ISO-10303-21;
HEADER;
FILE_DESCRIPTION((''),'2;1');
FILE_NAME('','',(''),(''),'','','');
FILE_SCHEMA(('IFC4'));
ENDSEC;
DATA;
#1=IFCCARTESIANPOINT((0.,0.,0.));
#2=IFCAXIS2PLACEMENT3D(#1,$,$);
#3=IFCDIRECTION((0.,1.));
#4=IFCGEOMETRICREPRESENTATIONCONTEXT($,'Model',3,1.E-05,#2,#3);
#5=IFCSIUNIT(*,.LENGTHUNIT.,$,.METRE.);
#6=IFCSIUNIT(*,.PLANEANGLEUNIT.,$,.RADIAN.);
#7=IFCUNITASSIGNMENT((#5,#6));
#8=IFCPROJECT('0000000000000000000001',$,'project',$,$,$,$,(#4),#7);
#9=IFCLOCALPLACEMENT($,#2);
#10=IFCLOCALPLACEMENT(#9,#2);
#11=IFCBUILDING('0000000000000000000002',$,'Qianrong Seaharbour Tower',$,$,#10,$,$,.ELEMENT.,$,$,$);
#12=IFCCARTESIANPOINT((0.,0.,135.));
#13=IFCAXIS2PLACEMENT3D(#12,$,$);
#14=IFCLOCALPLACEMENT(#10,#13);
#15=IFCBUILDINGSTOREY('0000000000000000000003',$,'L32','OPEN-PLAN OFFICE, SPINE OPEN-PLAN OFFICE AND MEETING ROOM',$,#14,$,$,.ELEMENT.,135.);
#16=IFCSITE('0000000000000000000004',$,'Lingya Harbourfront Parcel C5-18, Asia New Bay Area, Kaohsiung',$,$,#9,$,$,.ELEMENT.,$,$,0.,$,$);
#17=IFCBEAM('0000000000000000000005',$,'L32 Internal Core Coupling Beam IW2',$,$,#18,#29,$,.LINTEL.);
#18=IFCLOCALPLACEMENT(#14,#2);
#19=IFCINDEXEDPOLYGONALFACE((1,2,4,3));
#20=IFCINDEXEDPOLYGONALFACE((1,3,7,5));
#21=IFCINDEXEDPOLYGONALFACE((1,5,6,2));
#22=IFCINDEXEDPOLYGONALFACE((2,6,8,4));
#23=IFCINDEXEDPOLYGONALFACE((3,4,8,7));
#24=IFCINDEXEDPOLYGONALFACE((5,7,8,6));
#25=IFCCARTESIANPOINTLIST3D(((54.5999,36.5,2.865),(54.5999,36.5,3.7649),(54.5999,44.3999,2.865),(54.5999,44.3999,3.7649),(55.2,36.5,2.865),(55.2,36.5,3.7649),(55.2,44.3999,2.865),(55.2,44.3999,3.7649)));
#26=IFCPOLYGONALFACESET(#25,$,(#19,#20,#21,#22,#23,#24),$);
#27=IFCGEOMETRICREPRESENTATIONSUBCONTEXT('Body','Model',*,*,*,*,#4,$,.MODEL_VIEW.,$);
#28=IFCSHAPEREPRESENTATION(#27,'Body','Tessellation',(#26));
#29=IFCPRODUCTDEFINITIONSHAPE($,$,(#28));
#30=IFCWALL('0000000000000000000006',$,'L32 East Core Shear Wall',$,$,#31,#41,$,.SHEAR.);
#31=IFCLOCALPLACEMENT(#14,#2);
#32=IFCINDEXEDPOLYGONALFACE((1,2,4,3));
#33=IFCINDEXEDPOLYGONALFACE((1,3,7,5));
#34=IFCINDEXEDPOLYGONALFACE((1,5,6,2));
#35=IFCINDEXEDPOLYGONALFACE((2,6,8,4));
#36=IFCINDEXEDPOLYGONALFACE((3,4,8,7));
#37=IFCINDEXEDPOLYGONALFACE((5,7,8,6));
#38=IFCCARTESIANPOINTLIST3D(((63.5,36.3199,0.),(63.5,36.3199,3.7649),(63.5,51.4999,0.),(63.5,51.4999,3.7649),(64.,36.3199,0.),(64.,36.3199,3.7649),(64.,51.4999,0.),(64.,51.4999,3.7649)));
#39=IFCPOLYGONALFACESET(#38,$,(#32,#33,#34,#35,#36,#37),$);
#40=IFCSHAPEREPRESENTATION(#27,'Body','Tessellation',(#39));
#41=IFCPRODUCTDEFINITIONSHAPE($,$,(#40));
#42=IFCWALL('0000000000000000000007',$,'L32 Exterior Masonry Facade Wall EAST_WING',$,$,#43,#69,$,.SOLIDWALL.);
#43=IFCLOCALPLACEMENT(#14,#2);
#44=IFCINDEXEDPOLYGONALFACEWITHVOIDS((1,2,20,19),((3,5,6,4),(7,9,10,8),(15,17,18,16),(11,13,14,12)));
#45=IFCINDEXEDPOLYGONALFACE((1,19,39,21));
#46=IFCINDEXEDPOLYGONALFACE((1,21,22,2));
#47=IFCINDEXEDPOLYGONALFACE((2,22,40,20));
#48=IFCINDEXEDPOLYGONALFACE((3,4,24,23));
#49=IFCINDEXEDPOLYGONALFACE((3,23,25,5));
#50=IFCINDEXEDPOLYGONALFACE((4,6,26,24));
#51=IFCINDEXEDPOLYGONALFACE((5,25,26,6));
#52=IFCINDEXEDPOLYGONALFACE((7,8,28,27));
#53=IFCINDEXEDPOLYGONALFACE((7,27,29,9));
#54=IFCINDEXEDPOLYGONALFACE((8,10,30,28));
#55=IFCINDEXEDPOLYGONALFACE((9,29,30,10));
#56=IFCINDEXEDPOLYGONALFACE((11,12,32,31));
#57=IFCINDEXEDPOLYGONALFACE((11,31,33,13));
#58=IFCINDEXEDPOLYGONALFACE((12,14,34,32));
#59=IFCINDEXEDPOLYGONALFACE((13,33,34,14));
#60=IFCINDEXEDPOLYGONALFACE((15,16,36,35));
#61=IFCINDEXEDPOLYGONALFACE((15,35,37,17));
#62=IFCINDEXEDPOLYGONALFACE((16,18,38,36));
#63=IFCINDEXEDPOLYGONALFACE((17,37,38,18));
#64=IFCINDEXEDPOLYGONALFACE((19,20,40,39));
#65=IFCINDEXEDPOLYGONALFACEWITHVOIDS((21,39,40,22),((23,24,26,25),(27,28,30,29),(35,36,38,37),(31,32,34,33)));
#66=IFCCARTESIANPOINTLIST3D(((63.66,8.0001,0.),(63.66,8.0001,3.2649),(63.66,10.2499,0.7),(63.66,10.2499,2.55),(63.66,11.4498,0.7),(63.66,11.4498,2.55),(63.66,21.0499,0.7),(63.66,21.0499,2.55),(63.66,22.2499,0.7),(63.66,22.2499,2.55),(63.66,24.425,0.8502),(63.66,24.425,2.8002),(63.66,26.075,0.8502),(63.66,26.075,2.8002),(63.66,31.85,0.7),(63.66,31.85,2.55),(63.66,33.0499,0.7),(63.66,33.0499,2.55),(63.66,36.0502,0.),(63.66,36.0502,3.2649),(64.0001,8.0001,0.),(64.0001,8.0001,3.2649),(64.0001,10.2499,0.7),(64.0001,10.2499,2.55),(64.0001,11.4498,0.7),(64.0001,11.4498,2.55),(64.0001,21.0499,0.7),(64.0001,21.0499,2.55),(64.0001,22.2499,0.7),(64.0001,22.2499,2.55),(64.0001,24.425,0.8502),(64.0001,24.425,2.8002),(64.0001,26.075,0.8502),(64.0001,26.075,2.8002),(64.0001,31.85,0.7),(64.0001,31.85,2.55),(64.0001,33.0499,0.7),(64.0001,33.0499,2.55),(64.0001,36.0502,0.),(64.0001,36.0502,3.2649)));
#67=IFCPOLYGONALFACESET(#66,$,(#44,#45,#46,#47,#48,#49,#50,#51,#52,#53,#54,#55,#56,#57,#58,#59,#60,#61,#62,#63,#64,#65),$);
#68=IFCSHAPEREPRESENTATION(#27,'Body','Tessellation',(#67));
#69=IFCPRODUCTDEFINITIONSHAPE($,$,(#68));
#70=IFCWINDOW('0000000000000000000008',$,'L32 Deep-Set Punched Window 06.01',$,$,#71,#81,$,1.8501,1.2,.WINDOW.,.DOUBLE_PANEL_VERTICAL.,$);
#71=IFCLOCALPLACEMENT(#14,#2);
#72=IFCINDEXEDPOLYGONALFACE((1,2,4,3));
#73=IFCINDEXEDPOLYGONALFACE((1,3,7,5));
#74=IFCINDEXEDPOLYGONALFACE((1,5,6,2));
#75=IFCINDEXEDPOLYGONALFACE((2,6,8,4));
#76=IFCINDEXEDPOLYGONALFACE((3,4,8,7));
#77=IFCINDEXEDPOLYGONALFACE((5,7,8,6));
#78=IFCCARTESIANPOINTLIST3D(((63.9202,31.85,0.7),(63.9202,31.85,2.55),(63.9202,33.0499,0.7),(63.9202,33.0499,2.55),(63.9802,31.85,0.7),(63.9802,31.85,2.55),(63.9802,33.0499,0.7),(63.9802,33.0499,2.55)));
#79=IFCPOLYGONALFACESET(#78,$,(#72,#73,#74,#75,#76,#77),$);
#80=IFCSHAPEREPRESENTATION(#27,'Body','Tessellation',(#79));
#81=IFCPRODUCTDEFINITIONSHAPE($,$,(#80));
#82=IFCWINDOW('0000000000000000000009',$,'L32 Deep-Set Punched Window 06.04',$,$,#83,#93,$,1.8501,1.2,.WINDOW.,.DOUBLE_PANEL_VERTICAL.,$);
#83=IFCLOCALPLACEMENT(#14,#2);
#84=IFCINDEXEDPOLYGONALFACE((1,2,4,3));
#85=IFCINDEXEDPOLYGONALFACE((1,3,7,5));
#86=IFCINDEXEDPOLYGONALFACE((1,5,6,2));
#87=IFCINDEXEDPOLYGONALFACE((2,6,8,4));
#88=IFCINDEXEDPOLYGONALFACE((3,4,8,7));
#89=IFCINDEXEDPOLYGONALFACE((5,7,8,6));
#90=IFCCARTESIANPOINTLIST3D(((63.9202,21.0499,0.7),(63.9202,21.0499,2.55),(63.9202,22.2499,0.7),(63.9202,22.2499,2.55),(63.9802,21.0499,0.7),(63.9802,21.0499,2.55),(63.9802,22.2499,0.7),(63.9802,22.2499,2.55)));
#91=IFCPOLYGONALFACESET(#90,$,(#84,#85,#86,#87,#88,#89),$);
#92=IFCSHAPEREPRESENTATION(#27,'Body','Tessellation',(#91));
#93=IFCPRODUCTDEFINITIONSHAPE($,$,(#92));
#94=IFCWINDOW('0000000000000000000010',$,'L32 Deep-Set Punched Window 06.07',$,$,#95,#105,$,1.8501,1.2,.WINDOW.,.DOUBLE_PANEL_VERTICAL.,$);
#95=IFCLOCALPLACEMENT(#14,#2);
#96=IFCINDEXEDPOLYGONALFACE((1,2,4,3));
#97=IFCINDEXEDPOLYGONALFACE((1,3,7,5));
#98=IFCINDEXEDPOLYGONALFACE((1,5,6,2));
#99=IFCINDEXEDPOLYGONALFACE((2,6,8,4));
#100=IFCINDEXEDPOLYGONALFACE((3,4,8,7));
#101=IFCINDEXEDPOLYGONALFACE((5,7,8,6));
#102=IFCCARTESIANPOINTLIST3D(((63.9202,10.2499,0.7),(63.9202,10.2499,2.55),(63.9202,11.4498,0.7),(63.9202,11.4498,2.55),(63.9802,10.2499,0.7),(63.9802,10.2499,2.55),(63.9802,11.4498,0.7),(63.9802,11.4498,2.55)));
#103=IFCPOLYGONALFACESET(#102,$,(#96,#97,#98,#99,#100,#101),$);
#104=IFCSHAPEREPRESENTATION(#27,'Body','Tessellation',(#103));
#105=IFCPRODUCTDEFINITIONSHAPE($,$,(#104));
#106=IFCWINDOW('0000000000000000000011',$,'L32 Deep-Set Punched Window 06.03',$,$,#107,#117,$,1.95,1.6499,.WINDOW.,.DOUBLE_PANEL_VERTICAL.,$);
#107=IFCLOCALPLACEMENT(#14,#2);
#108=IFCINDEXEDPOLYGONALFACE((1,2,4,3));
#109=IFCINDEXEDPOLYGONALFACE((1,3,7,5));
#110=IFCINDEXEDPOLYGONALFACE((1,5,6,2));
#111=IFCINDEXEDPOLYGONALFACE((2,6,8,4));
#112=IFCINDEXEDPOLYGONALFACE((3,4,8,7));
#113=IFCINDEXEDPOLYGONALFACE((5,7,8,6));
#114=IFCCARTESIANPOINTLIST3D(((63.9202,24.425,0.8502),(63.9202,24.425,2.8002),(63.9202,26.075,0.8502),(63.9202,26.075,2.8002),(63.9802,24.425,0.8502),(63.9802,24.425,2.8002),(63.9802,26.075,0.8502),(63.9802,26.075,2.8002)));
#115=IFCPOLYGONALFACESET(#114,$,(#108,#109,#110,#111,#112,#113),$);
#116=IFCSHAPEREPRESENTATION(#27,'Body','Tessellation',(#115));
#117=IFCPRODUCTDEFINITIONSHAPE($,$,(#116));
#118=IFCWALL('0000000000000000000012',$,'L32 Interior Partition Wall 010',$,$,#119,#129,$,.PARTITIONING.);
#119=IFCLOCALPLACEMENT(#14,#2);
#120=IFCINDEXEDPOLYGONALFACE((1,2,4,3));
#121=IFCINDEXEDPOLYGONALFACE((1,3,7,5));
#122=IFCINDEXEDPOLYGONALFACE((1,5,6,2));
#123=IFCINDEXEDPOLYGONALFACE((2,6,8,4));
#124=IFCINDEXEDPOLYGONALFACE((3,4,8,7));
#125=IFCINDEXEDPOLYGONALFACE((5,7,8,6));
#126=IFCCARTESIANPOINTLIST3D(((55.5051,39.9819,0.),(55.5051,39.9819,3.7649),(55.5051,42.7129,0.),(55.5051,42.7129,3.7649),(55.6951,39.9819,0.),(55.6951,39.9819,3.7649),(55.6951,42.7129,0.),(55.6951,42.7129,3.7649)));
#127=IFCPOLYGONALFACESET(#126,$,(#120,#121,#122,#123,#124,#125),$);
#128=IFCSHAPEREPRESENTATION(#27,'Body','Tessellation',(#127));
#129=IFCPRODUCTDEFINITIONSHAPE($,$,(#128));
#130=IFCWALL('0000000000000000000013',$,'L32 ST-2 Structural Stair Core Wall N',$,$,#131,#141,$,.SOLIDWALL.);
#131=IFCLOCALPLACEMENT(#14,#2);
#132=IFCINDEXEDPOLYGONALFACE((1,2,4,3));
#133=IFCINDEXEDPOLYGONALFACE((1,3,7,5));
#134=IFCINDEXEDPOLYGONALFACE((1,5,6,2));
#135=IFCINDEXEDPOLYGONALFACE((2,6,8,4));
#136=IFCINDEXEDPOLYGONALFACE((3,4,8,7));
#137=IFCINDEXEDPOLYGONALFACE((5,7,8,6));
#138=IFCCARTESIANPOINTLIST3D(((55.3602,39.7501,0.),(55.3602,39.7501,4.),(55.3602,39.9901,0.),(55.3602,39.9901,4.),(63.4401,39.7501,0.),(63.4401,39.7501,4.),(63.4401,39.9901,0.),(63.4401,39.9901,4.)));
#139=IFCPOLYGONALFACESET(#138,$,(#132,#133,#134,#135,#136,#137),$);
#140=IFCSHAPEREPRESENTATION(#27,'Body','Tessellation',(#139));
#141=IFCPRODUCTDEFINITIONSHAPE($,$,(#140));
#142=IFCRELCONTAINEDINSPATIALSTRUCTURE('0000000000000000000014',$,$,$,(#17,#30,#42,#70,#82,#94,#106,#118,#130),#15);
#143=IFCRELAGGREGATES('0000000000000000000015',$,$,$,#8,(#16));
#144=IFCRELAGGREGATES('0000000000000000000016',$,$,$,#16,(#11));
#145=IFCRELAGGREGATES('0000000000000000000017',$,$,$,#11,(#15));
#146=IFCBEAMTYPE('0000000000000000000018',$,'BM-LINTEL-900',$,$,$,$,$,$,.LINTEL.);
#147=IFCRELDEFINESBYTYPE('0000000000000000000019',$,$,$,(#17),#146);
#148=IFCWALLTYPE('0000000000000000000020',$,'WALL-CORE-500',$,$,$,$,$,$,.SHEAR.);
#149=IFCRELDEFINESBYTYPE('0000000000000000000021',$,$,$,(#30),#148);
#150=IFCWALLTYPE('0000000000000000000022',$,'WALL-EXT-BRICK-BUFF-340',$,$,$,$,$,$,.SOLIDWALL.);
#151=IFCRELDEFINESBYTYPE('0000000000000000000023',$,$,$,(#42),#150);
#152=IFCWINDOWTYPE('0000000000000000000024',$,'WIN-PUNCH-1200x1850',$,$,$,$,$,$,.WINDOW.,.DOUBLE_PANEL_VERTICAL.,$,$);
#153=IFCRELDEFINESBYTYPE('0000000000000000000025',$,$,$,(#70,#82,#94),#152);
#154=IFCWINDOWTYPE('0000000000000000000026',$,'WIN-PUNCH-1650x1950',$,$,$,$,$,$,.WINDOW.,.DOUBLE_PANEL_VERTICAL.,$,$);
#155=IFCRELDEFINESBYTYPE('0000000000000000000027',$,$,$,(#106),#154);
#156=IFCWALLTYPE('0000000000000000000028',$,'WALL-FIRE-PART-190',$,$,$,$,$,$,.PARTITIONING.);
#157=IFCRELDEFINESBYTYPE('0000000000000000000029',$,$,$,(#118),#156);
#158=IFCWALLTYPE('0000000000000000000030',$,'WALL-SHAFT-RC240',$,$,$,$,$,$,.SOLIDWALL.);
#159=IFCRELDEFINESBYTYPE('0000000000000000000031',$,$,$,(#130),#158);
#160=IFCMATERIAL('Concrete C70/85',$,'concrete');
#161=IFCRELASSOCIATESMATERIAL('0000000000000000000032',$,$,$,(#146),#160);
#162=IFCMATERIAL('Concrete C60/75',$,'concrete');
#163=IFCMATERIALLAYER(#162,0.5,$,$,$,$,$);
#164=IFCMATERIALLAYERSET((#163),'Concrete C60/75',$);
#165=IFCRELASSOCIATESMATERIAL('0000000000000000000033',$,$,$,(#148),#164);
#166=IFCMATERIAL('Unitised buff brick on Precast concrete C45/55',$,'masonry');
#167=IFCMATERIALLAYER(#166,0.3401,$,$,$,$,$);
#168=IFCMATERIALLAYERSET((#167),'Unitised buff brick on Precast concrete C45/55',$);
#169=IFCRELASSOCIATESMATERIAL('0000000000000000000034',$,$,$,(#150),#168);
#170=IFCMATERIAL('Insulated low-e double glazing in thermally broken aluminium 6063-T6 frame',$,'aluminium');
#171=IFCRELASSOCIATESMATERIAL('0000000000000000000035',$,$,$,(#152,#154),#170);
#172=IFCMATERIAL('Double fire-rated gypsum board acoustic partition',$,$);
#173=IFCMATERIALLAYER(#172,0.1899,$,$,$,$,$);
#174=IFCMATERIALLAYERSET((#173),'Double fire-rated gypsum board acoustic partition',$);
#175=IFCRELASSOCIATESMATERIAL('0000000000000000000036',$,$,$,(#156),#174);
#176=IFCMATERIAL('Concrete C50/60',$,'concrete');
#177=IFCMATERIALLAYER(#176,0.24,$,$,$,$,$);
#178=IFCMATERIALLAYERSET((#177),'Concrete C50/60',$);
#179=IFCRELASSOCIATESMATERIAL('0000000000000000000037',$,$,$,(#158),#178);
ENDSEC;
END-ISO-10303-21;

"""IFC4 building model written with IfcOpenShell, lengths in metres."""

from ifc_helpers import new_model, si_unit, direction, frame, frame_2d, origin, origin_2d, place, context, subcontext, project, spatial, rectangle, extrude, material, layer, layer_set, material_profile, profile_set, type_object, element, fill, save


model = new_model("IFC4")

# Units and contexts
model_context = context("Model", 3, precision=1e-05, world=origin(), true_north=direction((0.0, 1.0)))
body_context = subcontext(model_context, "Body", "Model", "MODEL_VIEW")
ifc_project = project(units=[si_unit("LENGTHUNIT", "METRE"), si_unit("PLANEANGLEUNIT", "RADIAN")], contexts=[model_context])

# Site, building, storey
site_placement = place(None, origin())
site = spatial("IfcSite", under=ifc_project, at=site_placement, Name="Lingya Harbourfront Parcel C5-18, Asia New Bay Area, Kaohsiung", CompositionType="ELEMENT", RefElevation=0.0)
building_placement = place(site_placement, origin())
building = spatial("IfcBuilding", under=site, at=building_placement, Name="Qianrong Seaharbour Tower", CompositionType="ELEMENT")
storey_placement = place(building_placement, frame((0.0, 0.0, 135.0)))
storey = spatial("IfcBuildingStorey", under=building, at=storey_placement, Name="L32", Description="OPEN-PLAN OFFICE, SPINE OPEN-PLAN OFFICE AND MEETING ROOM", CompositionType="ELEMENT", Elevation=135.0)

# Beam
ifc_material_1 = material(Name="Concrete C70/85", Category="concrete")
ifc_material_profile = material_profile(ifc_material_1, rectangle(XDim=0.6001, YDim=0.8999, at=origin_2d()), Name="RC600x900")
ifc_profile_set = profile_set([ifc_material_profile], Name="Concrete C70/85")
beam_type = type_object("IfcBeamType", Name="BM-LINTEL-900", PredefinedType="LINTEL", material=ifc_profile_set)
beam_placement = place(storey_placement, frame((54.8999, 36.5, 3.3149), z_axis=(0.0, 1.0, 0.0), x_axis=(-1.0, 0.0, 0.0)))
element("IfcBeam", 1, at=beam_placement, inside=storey, type_object=beam_type, Name="L32 Internal Core Coupling Beam IW2", PredefinedType="LINTEL", context=body_context, shape_type="SweptSolid", body=[
    extrude(rectangle(XDim=0.6001, YDim=0.8999, at=origin_2d()), origin(), (0.0, 0.0, 1.0), 7.8999),
])

# Wall
ifc_material_2 = material(Name="Concrete C60/75", Category="concrete")
ifc_layer_1 = layer(ifc_material_2, 0.5)
ifc_layer_set_1 = layer_set([ifc_layer_1], Name="Concrete C60/75")
wall_type_1 = type_object("IfcWallType", Name="WALL-CORE-500", PredefinedType="SHEAR", material=ifc_layer_set_1)
wall_1_placement = place(storey_placement, frame((63.75, 36.3201, 0.0), z_axis=(0.0, 0.0, 1.0), x_axis=(0.0, 1.0, 0.0)))
element("IfcWall", 2, at=wall_1_placement, inside=storey, type_object=wall_type_1, Name="L32 East Core Shear Wall", PredefinedType="SHEAR", context=body_context, shape_type="SweptSolid", body=[
    extrude(rectangle(XDim=15.1799, YDim=0.5, at=frame_2d((7.5898, 0.0))), origin(), (0.0, 0.0, 1.0), 3.7649),
])

# Wall, openings, windows
ifc_material_3 = material(Name="Unitised buff brick on Precast concrete C45/55", Category="masonry")
ifc_layer_2 = layer(ifc_material_3, 0.3401)
ifc_layer_set_2 = layer_set([ifc_layer_2], Name="Unitised buff brick on Precast concrete C45/55")
wall_type_2 = type_object("IfcWallType", Name="WALL-EXT-BRICK-BUFF-340", PredefinedType="SOLIDWALL", material=ifc_layer_set_2)
wall_2_placement = place(storey_placement, frame((63.8301, 36.05, 0.0), z_axis=(0.0, 0.0, 1.0), x_axis=(0.0, -1.0, 0.0)))
wall_2 = element("IfcWall", 3, at=wall_2_placement, inside=storey, type_object=wall_type_2, Name="L32 Exterior Masonry Facade Wall EAST_WING", PredefinedType="SOLIDWALL", context=body_context, shape_type="SweptSolid", body=[
    extrude(rectangle(XDim=28.05, YDim=0.3401, at=frame_2d((14.0249, 0.0))), origin(), (0.0, 0.0, 1.0), 3.2649),
])
opening_1_placement = place(wall_2_placement, frame((3.0, 0.0, 0.7)))
opening_1 = element("IfcOpeningElement", 4, at=opening_1_placement, cuts=wall_2, PredefinedType="OPENING", context=body_context, shape_type="SweptSolid", body=[
    extrude(rectangle(XDim=1.2, YDim=1.8501, at=frame_2d((0.6001, 0.925))), frame((0.0, 0.1802, 0.0), z_axis=(0.0, -1.0, 0.0), x_axis=(1.0, 0.0, 0.0)), (0.0, 0.0, 1.0), 0.3601),
])
opening_2_placement = place(wall_2_placement, frame((9.9751, 0.0, 0.8501)))
opening_2 = element("IfcOpeningElement", 5, at=opening_2_placement, cuts=wall_2, PredefinedType="OPENING", context=body_context, shape_type="SweptSolid", body=[
    extrude(rectangle(XDim=1.6499, YDim=1.95, at=frame_2d((0.825, 0.9751))), frame((0.0, 0.1802, 0.0), z_axis=(0.0, -1.0, 0.0), x_axis=(1.0, 0.0, 0.0)), (0.0, 0.0, 1.0), 0.3601),
])
opening_3_placement = place(wall_2_placement, frame((13.8, 0.0, 0.7)))
opening_3 = element("IfcOpeningElement", 6, at=opening_3_placement, cuts=wall_2, PredefinedType="OPENING", context=body_context, shape_type="SweptSolid", body=[
    extrude(rectangle(XDim=1.2, YDim=1.8501, at=frame_2d((0.6001, 0.925))), frame((0.0, 0.1802, 0.0), z_axis=(0.0, -1.0, 0.0), x_axis=(1.0, 0.0, 0.0)), (0.0, 0.0, 1.0), 0.3601),
])
opening_4_placement = place(wall_2_placement, frame((24.6001, 0.0, 0.7)))
opening_4 = element("IfcOpeningElement", 7, at=opening_4_placement, cuts=wall_2, PredefinedType="OPENING", context=body_context, shape_type="SweptSolid", body=[
    extrude(rectangle(XDim=1.2, YDim=1.8501, at=frame_2d((0.6001, 0.925))), frame((0.0, 0.1802, 0.0), z_axis=(0.0, -1.0, 0.0), x_axis=(1.0, 0.0, 0.0)), (0.0, 0.0, 1.0), 0.3601),
])
ifc_material_4 = material(Name="Insulated low-e double glazing in thermally broken aluminium 6063-T6 frame", Category="aluminium")
window_type_1 = type_object("IfcWindowType", Name="WIN-PUNCH-1200x1850", PartitioningType="DOUBLE_PANEL_VERTICAL", PredefinedType="WINDOW", material=ifc_material_4)
window_1_placement = place(opening_1_placement, origin())
window_1 = element("IfcWindow", 8, at=window_1_placement, inside=storey, type_object=window_type_1, Name="L32 Deep-Set Punched Window 06.01", OverallHeight=1.8501, OverallWidth=1.2, PartitioningType="DOUBLE_PANEL_VERTICAL", PredefinedType="WINDOW", context=body_context, shape_type="SweptSolid", body=[
    extrude(rectangle(XDim=1.2, YDim=1.8501, at=frame_2d((0.6001, 0.925))), frame((0.0, 0.1501, 0.0), z_axis=(0.0, -1.0, 0.0), x_axis=(1.0, 0.0, 0.0)), (0.0, 0.0, 1.0), 0.0601),
])
fill(opening_1, window_1)
window_2_placement = place(opening_3_placement, origin())
window_2 = element("IfcWindow", 9, at=window_2_placement, inside=storey, type_object=window_type_1, Name="L32 Deep-Set Punched Window 06.04", OverallHeight=1.8501, OverallWidth=1.2, PartitioningType="DOUBLE_PANEL_VERTICAL", PredefinedType="WINDOW", context=body_context, shape_type="SweptSolid", body=[
    extrude(rectangle(XDim=1.2, YDim=1.8501, at=frame_2d((0.6001, 0.925))), frame((0.0, 0.1501, 0.0), z_axis=(0.0, -1.0, 0.0), x_axis=(1.0, 0.0, 0.0)), (0.0, 0.0, 1.0), 0.0601),
])
fill(opening_3, window_2)
window_3_placement = place(opening_4_placement, origin())
window_3 = element("IfcWindow", 10, at=window_3_placement, inside=storey, type_object=window_type_1, Name="L32 Deep-Set Punched Window 06.07", OverallHeight=1.8501, OverallWidth=1.2, PartitioningType="DOUBLE_PANEL_VERTICAL", PredefinedType="WINDOW", context=body_context, shape_type="SweptSolid", body=[
    extrude(rectangle(XDim=1.2, YDim=1.8501, at=frame_2d((0.6001, 0.925))), frame((0.0, 0.1501, 0.0), z_axis=(0.0, -1.0, 0.0), x_axis=(1.0, 0.0, 0.0)), (0.0, 0.0, 1.0), 0.0601),
])
fill(opening_4, window_3)
window_type_2 = type_object("IfcWindowType", Name="WIN-PUNCH-1650x1950", PartitioningType="DOUBLE_PANEL_VERTICAL", PredefinedType="WINDOW", material=ifc_material_4)
window_4_placement = place(opening_2_placement, origin())
window_4 = element("IfcWindow", 11, at=window_4_placement, inside=storey, type_object=window_type_2, Name="L32 Deep-Set Punched Window 06.03", OverallHeight=1.95, OverallWidth=1.6499, PartitioningType="DOUBLE_PANEL_VERTICAL", PredefinedType="WINDOW", context=body_context, shape_type="SweptSolid", body=[
    extrude(rectangle(XDim=1.6499, YDim=1.95, at=frame_2d((0.825, 0.9751))), frame((0.0, 0.1501, 0.0), z_axis=(0.0, -1.0, 0.0), x_axis=(1.0, 0.0, 0.0)), (0.0, 0.0, 1.0), 0.0601),
])
fill(opening_2, window_4)

# Walls
ifc_material_5 = material(Name="Double fire-rated gypsum board acoustic partition")
ifc_layer_3 = layer(ifc_material_5, 0.1899)
ifc_layer_set_3 = layer_set([ifc_layer_3], Name="Double fire-rated gypsum board acoustic partition")
wall_type_3 = type_object("IfcWallType", Name="WALL-FIRE-PART-190", PredefinedType="PARTITIONING", material=ifc_layer_set_3)
wall_3_placement = place(storey_placement, frame((55.6001, 42.7129, 0.0), z_axis=(0.0, 0.0, 1.0), x_axis=(0.0, -1.0, 0.0)))
element("IfcWall", 12, at=wall_3_placement, inside=storey, type_object=wall_type_3, Name="L32 Interior Partition Wall 010", PredefinedType="PARTITIONING", context=body_context, shape_type="SweptSolid", body=[
    extrude(rectangle(XDim=2.731, YDim=0.1899, at=frame_2d((1.3655, 0.0))), origin(), (0.0, 0.0, 1.0), 3.7649),
])
ifc_material_6 = material(Name="Concrete C50/60", Category="concrete")
ifc_layer_4 = layer(ifc_material_6, 0.24)
ifc_layer_set_4 = layer_set([ifc_layer_4], Name="Concrete C50/60")
wall_type_4 = type_object("IfcWallType", Name="WALL-SHAFT-RC240", PredefinedType="SOLIDWALL", material=ifc_layer_set_4)
wall_4_placement = place(storey_placement, frame((55.3601, 39.8701, 0.0), z_axis=(0.0, 0.0, 1.0), x_axis=(1.0, 0.0, 0.0)))
element("IfcWall", 13, at=wall_4_placement, inside=storey, type_object=wall_type_4, Name="L32 ST-2 Structural Stair Core Wall N", PredefinedType="SOLIDWALL", context=body_context, shape_type="SweptSolid", body=[
    extrude(rectangle(XDim=8.0798, YDim=0.24, at=frame_2d((4.04, 0.0))), origin(), (0.0, 0.0, 1.0), 4.0),
])

save(model, "model.ifc")
